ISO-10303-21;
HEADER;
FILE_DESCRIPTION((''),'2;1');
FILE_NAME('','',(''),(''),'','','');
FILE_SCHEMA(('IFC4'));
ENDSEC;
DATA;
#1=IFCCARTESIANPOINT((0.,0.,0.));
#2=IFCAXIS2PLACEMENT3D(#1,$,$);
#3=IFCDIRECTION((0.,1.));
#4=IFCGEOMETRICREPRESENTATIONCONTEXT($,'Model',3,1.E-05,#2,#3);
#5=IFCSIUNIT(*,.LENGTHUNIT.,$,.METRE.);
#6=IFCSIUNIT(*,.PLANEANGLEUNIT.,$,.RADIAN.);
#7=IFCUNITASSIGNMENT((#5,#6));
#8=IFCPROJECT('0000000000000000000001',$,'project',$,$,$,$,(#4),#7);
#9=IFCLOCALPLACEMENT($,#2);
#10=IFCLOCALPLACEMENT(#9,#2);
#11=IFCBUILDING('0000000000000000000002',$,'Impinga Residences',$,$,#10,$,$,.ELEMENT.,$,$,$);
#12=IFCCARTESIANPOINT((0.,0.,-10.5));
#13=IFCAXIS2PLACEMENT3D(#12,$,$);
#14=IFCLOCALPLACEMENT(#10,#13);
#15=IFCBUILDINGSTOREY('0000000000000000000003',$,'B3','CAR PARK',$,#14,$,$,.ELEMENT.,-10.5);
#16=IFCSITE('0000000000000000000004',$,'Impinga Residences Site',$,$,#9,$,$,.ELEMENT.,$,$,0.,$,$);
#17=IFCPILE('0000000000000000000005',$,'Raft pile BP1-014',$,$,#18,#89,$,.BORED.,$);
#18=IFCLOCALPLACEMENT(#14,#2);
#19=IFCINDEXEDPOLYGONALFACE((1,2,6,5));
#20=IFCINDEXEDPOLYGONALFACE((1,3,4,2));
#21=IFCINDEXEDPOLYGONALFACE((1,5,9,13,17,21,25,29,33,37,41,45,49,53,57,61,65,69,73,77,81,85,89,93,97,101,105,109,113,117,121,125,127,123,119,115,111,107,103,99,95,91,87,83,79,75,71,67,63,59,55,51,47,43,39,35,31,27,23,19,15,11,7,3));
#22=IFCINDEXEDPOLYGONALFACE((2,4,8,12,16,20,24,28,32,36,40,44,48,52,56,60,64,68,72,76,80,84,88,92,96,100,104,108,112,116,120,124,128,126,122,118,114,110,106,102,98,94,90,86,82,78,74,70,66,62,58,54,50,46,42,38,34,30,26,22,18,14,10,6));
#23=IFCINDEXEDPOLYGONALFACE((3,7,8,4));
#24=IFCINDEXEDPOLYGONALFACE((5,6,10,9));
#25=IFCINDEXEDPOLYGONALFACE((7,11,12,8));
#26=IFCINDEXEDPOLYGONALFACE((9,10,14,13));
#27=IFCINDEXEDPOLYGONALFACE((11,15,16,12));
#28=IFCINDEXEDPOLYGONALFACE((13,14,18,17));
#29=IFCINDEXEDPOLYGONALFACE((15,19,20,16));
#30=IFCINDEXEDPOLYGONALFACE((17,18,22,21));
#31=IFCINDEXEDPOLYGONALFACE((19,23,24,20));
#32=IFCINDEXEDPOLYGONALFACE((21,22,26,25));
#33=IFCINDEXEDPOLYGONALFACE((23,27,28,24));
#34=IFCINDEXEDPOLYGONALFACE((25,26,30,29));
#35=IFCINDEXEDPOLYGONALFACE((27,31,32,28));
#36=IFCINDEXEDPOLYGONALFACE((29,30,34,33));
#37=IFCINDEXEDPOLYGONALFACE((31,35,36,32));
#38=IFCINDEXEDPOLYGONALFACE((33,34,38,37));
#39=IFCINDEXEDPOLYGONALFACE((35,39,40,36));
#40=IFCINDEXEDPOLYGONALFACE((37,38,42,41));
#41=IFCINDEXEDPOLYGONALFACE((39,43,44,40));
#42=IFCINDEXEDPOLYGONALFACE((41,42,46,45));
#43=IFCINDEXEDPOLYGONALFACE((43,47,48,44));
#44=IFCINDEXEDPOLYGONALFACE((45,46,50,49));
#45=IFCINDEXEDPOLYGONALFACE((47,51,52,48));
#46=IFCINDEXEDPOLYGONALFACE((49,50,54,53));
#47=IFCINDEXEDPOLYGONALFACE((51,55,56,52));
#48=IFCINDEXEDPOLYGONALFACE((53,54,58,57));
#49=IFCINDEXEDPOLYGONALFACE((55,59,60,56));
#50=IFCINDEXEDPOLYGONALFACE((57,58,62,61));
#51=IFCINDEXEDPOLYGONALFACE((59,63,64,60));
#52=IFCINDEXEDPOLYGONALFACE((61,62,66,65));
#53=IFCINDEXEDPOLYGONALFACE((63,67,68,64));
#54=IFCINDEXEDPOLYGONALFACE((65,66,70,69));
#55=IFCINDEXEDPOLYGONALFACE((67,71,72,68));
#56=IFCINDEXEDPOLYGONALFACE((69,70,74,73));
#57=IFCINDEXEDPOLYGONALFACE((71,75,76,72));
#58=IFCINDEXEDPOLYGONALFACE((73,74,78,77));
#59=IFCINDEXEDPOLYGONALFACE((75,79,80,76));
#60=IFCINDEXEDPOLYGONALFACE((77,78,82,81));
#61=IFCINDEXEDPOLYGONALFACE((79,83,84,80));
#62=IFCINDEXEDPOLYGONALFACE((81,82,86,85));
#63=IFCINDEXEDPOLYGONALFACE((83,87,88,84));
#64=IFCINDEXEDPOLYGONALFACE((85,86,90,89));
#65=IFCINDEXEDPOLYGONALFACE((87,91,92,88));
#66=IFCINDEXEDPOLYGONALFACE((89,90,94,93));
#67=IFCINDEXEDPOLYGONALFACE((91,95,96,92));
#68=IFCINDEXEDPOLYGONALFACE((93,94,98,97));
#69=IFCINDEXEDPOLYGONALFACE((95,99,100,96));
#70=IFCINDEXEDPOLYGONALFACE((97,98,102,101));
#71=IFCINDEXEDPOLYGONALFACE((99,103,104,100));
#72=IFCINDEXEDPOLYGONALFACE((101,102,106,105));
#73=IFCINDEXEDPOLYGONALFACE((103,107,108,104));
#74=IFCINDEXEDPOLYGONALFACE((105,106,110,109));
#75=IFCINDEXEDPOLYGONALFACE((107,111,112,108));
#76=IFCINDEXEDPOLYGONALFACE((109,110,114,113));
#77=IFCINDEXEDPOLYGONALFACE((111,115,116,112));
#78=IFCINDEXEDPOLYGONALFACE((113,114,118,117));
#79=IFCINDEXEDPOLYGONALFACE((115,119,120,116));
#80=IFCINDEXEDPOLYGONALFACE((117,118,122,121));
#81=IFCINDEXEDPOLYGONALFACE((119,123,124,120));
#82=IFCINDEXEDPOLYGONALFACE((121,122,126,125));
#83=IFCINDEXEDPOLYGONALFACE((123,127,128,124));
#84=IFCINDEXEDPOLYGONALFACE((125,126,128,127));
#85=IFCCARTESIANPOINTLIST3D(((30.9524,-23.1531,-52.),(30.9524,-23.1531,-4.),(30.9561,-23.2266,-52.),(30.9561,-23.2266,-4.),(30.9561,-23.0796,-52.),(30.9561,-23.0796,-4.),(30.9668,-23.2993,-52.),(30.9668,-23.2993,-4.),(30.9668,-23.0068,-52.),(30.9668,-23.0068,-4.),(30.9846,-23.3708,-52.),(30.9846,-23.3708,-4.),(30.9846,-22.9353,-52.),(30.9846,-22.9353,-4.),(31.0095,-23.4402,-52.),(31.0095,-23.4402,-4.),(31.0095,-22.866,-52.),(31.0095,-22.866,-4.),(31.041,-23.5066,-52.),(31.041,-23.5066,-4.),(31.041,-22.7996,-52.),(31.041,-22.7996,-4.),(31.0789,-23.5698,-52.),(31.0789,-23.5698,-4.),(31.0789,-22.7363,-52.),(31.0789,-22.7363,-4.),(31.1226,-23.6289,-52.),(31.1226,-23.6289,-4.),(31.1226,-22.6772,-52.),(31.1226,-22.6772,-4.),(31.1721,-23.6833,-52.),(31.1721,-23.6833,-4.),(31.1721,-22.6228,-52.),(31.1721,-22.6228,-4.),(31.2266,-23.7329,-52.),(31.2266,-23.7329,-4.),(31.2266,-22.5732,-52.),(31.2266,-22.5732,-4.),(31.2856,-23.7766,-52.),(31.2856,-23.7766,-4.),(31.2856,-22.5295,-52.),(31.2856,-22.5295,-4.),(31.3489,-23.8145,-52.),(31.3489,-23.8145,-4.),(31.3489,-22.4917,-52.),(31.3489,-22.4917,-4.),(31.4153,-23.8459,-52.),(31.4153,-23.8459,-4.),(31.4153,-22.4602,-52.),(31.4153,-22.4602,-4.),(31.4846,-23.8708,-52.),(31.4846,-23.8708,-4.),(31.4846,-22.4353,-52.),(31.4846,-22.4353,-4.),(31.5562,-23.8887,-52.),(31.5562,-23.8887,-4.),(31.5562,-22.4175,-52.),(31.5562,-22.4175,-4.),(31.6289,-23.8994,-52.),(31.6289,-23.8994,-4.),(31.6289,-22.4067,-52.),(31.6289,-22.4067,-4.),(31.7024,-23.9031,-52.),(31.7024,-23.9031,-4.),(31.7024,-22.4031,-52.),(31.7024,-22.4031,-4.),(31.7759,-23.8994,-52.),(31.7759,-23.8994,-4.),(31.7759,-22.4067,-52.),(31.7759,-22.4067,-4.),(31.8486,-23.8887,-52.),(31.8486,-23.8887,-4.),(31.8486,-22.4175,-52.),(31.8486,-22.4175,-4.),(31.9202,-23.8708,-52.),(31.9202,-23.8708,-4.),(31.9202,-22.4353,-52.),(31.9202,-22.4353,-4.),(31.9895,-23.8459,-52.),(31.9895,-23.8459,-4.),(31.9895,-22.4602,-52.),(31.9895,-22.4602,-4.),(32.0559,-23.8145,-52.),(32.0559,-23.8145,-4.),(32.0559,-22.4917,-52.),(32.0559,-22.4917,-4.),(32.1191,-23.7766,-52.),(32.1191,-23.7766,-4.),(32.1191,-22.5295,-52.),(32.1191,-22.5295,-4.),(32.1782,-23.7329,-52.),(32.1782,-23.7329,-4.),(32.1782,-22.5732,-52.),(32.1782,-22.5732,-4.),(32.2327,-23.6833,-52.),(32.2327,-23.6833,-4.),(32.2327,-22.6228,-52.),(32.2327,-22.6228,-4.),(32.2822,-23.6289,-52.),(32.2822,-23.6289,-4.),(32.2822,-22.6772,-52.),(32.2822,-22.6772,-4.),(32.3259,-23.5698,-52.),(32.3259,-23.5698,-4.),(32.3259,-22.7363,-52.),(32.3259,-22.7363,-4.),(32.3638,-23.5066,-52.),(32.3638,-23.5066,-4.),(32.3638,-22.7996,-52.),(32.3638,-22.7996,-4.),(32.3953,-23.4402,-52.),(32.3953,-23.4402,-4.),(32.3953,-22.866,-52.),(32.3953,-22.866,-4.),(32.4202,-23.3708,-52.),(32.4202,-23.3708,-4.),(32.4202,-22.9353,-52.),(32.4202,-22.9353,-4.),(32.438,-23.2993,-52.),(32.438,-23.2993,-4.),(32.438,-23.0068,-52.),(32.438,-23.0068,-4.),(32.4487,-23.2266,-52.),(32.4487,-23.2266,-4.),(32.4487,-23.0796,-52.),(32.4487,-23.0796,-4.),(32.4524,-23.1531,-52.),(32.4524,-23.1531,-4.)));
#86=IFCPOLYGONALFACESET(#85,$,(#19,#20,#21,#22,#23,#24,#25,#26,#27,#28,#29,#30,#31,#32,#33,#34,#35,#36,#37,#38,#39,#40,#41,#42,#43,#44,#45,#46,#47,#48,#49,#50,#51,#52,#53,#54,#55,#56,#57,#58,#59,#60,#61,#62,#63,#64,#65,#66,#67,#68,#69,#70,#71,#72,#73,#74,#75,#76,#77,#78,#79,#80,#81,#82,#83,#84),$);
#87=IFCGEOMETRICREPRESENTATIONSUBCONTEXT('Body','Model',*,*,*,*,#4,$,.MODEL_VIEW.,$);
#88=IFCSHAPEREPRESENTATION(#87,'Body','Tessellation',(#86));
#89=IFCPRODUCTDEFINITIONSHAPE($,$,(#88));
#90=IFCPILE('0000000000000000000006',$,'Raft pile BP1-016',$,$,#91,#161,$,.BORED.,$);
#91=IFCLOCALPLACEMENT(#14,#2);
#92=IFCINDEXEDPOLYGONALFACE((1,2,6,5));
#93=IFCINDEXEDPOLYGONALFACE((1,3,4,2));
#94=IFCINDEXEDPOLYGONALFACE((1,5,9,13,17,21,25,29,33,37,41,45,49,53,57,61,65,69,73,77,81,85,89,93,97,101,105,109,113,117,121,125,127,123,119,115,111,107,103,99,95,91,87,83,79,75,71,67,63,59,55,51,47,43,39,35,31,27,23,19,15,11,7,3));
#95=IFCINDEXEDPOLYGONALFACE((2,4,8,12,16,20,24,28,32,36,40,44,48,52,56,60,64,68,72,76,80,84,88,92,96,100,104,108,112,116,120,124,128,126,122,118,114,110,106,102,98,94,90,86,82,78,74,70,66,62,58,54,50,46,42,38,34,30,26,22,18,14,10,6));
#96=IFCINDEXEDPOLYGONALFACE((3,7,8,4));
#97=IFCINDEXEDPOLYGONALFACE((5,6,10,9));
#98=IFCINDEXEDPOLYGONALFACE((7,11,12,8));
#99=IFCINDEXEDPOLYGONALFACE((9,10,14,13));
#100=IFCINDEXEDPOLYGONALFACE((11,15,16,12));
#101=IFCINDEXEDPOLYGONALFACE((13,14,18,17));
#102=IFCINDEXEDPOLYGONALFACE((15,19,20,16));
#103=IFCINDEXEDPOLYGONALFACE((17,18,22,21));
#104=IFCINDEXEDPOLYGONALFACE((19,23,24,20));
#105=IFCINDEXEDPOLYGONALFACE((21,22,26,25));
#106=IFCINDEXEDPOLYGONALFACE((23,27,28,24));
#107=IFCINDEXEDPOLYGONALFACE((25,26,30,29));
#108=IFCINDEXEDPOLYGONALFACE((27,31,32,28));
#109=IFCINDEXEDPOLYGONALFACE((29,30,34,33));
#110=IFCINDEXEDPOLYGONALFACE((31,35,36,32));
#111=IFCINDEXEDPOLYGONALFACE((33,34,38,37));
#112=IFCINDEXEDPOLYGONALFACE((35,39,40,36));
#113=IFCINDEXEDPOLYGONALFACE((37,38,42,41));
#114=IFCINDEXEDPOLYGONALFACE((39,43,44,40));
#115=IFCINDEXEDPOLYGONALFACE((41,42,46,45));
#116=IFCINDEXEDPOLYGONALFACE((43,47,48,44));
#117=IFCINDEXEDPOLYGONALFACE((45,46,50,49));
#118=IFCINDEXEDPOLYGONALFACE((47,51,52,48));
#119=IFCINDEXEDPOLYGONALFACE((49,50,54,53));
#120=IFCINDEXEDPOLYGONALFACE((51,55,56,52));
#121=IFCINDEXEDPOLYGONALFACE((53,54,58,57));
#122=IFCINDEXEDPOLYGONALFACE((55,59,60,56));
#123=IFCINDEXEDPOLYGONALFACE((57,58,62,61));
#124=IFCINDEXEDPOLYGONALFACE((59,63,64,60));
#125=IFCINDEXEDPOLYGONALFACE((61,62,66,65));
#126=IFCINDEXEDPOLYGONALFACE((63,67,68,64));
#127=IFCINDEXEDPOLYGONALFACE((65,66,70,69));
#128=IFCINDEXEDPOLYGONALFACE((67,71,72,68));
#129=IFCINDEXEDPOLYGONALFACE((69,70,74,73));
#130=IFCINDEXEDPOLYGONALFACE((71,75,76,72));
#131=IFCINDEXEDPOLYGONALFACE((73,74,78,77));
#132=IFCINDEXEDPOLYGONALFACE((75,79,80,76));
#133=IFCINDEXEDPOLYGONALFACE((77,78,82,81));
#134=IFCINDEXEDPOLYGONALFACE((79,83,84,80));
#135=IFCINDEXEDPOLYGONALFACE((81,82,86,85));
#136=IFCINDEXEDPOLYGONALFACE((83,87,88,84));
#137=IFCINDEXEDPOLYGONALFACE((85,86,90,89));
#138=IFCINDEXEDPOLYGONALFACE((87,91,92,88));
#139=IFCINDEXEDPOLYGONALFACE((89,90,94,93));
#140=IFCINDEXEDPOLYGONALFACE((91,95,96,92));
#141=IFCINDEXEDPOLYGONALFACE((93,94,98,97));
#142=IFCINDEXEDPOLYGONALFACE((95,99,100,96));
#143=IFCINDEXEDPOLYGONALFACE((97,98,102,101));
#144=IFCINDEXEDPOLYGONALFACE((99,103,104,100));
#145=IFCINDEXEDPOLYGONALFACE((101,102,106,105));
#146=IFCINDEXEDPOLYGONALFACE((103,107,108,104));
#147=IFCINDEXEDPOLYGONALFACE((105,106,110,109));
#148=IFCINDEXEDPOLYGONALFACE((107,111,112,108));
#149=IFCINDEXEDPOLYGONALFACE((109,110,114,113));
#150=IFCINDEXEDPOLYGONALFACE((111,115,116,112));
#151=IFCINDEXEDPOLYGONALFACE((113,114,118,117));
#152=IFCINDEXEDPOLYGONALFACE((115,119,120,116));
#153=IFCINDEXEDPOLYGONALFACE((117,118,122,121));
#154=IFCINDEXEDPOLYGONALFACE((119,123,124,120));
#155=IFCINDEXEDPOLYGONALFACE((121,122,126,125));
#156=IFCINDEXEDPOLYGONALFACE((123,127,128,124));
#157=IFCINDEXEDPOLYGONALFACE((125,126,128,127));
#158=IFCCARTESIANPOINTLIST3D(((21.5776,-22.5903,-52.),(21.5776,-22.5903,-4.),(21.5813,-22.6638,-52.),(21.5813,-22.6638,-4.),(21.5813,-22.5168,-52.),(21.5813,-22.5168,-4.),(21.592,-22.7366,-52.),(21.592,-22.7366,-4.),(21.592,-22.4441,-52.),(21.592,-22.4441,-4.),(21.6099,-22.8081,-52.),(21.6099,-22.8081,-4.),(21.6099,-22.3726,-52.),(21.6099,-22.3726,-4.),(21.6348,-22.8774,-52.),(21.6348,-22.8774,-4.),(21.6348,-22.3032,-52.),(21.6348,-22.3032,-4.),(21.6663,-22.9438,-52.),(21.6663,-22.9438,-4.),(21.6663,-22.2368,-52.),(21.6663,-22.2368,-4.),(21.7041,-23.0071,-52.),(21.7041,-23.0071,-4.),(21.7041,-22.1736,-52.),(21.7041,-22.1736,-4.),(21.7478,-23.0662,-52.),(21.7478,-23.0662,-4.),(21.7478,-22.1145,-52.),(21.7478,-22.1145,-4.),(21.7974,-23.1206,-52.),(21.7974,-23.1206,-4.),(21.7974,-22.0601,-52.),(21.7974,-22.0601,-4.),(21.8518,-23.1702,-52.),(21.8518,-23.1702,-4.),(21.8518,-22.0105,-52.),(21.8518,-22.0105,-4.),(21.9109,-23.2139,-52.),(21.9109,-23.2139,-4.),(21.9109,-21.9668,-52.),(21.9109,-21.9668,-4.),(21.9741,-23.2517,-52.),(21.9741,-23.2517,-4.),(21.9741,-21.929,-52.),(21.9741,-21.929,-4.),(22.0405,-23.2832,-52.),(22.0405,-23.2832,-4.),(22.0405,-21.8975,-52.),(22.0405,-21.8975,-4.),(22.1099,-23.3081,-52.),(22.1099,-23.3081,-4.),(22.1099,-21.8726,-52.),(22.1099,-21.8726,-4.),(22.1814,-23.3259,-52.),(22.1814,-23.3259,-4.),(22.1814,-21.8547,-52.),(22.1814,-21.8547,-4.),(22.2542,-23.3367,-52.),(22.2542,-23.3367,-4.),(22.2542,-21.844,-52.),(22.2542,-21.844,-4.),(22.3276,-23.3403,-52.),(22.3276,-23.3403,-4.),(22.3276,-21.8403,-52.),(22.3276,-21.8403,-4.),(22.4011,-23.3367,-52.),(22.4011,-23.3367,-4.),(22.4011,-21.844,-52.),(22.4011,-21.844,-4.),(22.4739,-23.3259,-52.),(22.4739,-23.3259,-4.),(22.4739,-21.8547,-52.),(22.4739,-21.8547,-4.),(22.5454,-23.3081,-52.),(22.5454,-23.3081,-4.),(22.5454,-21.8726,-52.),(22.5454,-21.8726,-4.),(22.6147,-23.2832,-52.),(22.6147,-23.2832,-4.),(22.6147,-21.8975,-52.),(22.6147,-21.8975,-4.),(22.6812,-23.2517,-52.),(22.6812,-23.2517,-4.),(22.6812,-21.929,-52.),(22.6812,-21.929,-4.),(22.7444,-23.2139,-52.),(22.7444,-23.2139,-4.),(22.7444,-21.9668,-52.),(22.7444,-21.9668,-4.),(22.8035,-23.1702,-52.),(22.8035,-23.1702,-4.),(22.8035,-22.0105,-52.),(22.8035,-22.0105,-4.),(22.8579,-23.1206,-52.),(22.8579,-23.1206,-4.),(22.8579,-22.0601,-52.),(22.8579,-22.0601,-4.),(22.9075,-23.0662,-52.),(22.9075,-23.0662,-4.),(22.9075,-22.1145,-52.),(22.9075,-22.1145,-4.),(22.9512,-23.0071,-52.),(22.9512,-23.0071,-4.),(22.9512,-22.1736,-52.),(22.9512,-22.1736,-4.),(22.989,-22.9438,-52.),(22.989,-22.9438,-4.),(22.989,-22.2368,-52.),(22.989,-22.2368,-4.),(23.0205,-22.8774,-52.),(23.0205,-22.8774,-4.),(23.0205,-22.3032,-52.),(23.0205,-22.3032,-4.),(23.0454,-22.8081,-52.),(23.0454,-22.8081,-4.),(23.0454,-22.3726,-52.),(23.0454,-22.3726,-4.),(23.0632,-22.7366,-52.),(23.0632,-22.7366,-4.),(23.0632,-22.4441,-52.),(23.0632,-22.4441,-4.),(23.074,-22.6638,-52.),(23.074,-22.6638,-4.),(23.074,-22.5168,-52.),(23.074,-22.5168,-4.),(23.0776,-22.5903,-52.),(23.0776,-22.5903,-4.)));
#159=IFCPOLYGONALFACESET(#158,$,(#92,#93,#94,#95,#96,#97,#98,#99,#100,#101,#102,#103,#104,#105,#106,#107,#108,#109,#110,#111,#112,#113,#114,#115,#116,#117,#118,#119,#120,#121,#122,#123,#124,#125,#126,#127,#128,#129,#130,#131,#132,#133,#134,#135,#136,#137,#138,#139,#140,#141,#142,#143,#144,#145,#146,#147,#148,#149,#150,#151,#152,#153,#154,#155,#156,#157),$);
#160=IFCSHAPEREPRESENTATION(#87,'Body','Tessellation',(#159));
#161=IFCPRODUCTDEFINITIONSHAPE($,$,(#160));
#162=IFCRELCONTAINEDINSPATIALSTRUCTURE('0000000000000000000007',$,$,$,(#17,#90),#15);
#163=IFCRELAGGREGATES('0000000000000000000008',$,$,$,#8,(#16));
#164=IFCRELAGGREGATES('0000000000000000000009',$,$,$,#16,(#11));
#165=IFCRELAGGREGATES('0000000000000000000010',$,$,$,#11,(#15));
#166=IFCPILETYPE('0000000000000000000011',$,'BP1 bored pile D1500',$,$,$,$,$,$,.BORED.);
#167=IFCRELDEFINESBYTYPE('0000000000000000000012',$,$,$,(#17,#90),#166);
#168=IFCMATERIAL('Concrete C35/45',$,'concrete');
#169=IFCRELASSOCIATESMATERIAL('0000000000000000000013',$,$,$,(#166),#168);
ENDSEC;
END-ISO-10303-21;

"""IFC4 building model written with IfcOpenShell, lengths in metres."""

from ifc_helpers import new_model, si_unit, direction, frame, origin, origin_2d, place, context, subcontext, project, spatial, polyline, circle, outline, extrude, material, material_profile, profile_set, type_object, element, save


model = new_model("IFC4")

# Units and contexts
model_context = context("Model", 3, precision=1e-05, world=origin(), true_north=direction((0.0, 1.0)))
body_context = subcontext(model_context, "Body", "Model", "MODEL_VIEW")
ifc_project = project(units=[si_unit("LENGTHUNIT", "METRE"), si_unit("PLANEANGLEUNIT", "RADIAN")], contexts=[model_context])

# Site, building, storey
site_placement = place(None, origin())
site = spatial("IfcSite", under=ifc_project, at=site_placement, Name="Impinga Residences Site", CompositionType="ELEMENT", RefElevation=0.0)
building_placement = place(site_placement, origin())
building = spatial("IfcBuilding", under=site, at=building_placement, Name="Impinga Residences", CompositionType="ELEMENT")
storey_placement = place(building_placement, frame((0.0, 0.0, -10.5)))
storey = spatial("IfcBuildingStorey", under=building, at=storey_placement, Name="B3", Description="CAR PARK", CompositionType="ELEMENT", Elevation=-10.5)

# Piles
ifc_material_1 = material(Name="Concrete C35/45", Category="concrete")
ifc_material_profile_1 = material_profile(ifc_material_1, circle(Radius=0.75, at=origin_2d()), Name="D1500")
ifc_profile_set_1 = profile_set([ifc_material_profile_1], Name="Concrete C35/45")
pile_type_1 = type_object("IfcPileType", Name="BP1 bored pile D1500", PredefinedType="BORED", material=ifc_profile_set_1)
pile_1_placement = place(storey_placement, frame((31.7024, -23.1531, -4.0), z_axis=(0.0, 0.0, -1.0), x_axis=(1.0, 0.0, 0.0)))
element("IfcPile", 1, at=pile_1_placement, inside=storey, type_object=pile_type_1, Name="Raft pile BP1-014", PredefinedType="BORED", context=body_context, shape_type="SweptSolid", body=[
    extrude(outline(polyline([(0.75, 0.0), (0.7463, 0.0735), (0.7356, 0.1462), (0.7178, 0.2178), (0.6929, 0.2871), (0.6614, 0.3535), (0.6235, 0.4167), (0.5798, 0.4758), (0.5303, 0.5303), (0.4758, 0.5798), (0.4167, 0.6235), (0.3535, 0.6614), (0.2871, 0.6929), (0.2178, 0.7178), (0.1462, 0.7356), (0.0735, 0.7463), (0.0, 0.75), (-0.0735, 0.7463), (-0.1462, 0.7356), (-0.2178, 0.7178), (-0.2871, 0.6929), (-0.3535, 0.6614), (-0.4167, 0.6235), (-0.4758, 0.5798), (-0.5303, 0.5303), (-0.5798, 0.4758), (-0.6235, 0.4167), (-0.6614, 0.3535), (-0.6929, 0.2871), (-0.7178, 0.2178), (-0.7356, 0.1462), (-0.7463, 0.0735), (-0.75, 0.0), (-0.7463, -0.0735), (-0.7356, -0.1462), (-0.7178, -0.2178), (-0.6929, -0.2871), (-0.6614, -0.3535), (-0.6235, -0.4167), (-0.5798, -0.4758), (-0.5303, -0.5303), (-0.4758, -0.5798), (-0.4167, -0.6235), (-0.3535, -0.6614), (-0.2871, -0.6929), (-0.2178, -0.7178), (-0.1462, -0.7356), (-0.0735, -0.7463), (0.0, -0.75), (0.0735, -0.7463), (0.1462, -0.7356), (0.2178, -0.7178), (0.2871, -0.6929), (0.3535, -0.6614), (0.4167, -0.6235), (0.4758, -0.5798), (0.5303, -0.5303), (0.5798, -0.4758), (0.6235, -0.4167), (0.6614, -0.3535), (0.6929, -0.2871), (0.7178, -0.2178), (0.7356, -0.1462), (0.7463, -0.0735), (0.75, 0.0)])), origin(), (0.0, 0.0, 1.0), 48.0),
])
pile_2_placement = place(storey_placement, frame((22.3276, -22.5903, -4.0), z_axis=(0.0, 0.0, -1.0), x_axis=(1.0, 0.0, 0.0)))
element("IfcPile", 2, at=pile_2_placement, inside=storey, type_object=pile_type_1, Name="Raft pile BP1-016", PredefinedType="BORED", context=body_context, shape_type="SweptSolid", body=[
    extrude(outline(polyline([(0.75, 0.0), (0.7463, 0.0735), (0.7356, 0.1462), (0.7178, 0.2178), (0.6929, 0.2871), (0.6614, 0.3535), (0.6235, 0.4167), (0.5798, 0.4758), (0.5303, 0.5303), (0.4758, 0.5798), (0.4167, 0.6235), (0.3535, 0.6614), (0.2871, 0.6929), (0.2178, 0.7178), (0.1462, 0.7356), (0.0735, 0.7463), (0.0, 0.75), (-0.0735, 0.7463), (-0.1462, 0.7356), (-0.2178, 0.7178), (-0.2871, 0.6929), (-0.3535, 0.6614), (-0.4167, 0.6235), (-0.4758, 0.5798), (-0.5303, 0.5303), (-0.5798, 0.4758), (-0.6235, 0.4167), (-0.6614, 0.3535), (-0.6929, 0.2871), (-0.7178, 0.2178), (-0.7356, 0.1462), (-0.7463, 0.0735), (-0.75, 0.0), (-0.7463, -0.0735), (-0.7356, -0.1462), (-0.7178, -0.2178), (-0.6929, -0.2871), (-0.6614, -0.3535), (-0.6235, -0.4167), (-0.5798, -0.4758), (-0.5303, -0.5303), (-0.4758, -0.5798), (-0.4167, -0.6235), (-0.3535, -0.6614), (-0.2871, -0.6929), (-0.2178, -0.7178), (-0.1462, -0.7356), (-0.0735, -0.7463), (0.0, -0.75), (0.0735, -0.7463), (0.1462, -0.7356), (0.2178, -0.7178), (0.2871, -0.6929), (0.3535, -0.6614), (0.4167, -0.6235), (0.4758, -0.5798), (0.5303, -0.5303), (0.5798, -0.4758), (0.6235, -0.4167), (0.6614, -0.3535), (0.6929, -0.2871), (0.7178, -0.2178), (0.7356, -0.1462), (0.7463, -0.0735), (0.75, 0.0)])), origin(), (0.0, 0.0, 1.0), 48.0),
])

save(model, "model.ifc")
